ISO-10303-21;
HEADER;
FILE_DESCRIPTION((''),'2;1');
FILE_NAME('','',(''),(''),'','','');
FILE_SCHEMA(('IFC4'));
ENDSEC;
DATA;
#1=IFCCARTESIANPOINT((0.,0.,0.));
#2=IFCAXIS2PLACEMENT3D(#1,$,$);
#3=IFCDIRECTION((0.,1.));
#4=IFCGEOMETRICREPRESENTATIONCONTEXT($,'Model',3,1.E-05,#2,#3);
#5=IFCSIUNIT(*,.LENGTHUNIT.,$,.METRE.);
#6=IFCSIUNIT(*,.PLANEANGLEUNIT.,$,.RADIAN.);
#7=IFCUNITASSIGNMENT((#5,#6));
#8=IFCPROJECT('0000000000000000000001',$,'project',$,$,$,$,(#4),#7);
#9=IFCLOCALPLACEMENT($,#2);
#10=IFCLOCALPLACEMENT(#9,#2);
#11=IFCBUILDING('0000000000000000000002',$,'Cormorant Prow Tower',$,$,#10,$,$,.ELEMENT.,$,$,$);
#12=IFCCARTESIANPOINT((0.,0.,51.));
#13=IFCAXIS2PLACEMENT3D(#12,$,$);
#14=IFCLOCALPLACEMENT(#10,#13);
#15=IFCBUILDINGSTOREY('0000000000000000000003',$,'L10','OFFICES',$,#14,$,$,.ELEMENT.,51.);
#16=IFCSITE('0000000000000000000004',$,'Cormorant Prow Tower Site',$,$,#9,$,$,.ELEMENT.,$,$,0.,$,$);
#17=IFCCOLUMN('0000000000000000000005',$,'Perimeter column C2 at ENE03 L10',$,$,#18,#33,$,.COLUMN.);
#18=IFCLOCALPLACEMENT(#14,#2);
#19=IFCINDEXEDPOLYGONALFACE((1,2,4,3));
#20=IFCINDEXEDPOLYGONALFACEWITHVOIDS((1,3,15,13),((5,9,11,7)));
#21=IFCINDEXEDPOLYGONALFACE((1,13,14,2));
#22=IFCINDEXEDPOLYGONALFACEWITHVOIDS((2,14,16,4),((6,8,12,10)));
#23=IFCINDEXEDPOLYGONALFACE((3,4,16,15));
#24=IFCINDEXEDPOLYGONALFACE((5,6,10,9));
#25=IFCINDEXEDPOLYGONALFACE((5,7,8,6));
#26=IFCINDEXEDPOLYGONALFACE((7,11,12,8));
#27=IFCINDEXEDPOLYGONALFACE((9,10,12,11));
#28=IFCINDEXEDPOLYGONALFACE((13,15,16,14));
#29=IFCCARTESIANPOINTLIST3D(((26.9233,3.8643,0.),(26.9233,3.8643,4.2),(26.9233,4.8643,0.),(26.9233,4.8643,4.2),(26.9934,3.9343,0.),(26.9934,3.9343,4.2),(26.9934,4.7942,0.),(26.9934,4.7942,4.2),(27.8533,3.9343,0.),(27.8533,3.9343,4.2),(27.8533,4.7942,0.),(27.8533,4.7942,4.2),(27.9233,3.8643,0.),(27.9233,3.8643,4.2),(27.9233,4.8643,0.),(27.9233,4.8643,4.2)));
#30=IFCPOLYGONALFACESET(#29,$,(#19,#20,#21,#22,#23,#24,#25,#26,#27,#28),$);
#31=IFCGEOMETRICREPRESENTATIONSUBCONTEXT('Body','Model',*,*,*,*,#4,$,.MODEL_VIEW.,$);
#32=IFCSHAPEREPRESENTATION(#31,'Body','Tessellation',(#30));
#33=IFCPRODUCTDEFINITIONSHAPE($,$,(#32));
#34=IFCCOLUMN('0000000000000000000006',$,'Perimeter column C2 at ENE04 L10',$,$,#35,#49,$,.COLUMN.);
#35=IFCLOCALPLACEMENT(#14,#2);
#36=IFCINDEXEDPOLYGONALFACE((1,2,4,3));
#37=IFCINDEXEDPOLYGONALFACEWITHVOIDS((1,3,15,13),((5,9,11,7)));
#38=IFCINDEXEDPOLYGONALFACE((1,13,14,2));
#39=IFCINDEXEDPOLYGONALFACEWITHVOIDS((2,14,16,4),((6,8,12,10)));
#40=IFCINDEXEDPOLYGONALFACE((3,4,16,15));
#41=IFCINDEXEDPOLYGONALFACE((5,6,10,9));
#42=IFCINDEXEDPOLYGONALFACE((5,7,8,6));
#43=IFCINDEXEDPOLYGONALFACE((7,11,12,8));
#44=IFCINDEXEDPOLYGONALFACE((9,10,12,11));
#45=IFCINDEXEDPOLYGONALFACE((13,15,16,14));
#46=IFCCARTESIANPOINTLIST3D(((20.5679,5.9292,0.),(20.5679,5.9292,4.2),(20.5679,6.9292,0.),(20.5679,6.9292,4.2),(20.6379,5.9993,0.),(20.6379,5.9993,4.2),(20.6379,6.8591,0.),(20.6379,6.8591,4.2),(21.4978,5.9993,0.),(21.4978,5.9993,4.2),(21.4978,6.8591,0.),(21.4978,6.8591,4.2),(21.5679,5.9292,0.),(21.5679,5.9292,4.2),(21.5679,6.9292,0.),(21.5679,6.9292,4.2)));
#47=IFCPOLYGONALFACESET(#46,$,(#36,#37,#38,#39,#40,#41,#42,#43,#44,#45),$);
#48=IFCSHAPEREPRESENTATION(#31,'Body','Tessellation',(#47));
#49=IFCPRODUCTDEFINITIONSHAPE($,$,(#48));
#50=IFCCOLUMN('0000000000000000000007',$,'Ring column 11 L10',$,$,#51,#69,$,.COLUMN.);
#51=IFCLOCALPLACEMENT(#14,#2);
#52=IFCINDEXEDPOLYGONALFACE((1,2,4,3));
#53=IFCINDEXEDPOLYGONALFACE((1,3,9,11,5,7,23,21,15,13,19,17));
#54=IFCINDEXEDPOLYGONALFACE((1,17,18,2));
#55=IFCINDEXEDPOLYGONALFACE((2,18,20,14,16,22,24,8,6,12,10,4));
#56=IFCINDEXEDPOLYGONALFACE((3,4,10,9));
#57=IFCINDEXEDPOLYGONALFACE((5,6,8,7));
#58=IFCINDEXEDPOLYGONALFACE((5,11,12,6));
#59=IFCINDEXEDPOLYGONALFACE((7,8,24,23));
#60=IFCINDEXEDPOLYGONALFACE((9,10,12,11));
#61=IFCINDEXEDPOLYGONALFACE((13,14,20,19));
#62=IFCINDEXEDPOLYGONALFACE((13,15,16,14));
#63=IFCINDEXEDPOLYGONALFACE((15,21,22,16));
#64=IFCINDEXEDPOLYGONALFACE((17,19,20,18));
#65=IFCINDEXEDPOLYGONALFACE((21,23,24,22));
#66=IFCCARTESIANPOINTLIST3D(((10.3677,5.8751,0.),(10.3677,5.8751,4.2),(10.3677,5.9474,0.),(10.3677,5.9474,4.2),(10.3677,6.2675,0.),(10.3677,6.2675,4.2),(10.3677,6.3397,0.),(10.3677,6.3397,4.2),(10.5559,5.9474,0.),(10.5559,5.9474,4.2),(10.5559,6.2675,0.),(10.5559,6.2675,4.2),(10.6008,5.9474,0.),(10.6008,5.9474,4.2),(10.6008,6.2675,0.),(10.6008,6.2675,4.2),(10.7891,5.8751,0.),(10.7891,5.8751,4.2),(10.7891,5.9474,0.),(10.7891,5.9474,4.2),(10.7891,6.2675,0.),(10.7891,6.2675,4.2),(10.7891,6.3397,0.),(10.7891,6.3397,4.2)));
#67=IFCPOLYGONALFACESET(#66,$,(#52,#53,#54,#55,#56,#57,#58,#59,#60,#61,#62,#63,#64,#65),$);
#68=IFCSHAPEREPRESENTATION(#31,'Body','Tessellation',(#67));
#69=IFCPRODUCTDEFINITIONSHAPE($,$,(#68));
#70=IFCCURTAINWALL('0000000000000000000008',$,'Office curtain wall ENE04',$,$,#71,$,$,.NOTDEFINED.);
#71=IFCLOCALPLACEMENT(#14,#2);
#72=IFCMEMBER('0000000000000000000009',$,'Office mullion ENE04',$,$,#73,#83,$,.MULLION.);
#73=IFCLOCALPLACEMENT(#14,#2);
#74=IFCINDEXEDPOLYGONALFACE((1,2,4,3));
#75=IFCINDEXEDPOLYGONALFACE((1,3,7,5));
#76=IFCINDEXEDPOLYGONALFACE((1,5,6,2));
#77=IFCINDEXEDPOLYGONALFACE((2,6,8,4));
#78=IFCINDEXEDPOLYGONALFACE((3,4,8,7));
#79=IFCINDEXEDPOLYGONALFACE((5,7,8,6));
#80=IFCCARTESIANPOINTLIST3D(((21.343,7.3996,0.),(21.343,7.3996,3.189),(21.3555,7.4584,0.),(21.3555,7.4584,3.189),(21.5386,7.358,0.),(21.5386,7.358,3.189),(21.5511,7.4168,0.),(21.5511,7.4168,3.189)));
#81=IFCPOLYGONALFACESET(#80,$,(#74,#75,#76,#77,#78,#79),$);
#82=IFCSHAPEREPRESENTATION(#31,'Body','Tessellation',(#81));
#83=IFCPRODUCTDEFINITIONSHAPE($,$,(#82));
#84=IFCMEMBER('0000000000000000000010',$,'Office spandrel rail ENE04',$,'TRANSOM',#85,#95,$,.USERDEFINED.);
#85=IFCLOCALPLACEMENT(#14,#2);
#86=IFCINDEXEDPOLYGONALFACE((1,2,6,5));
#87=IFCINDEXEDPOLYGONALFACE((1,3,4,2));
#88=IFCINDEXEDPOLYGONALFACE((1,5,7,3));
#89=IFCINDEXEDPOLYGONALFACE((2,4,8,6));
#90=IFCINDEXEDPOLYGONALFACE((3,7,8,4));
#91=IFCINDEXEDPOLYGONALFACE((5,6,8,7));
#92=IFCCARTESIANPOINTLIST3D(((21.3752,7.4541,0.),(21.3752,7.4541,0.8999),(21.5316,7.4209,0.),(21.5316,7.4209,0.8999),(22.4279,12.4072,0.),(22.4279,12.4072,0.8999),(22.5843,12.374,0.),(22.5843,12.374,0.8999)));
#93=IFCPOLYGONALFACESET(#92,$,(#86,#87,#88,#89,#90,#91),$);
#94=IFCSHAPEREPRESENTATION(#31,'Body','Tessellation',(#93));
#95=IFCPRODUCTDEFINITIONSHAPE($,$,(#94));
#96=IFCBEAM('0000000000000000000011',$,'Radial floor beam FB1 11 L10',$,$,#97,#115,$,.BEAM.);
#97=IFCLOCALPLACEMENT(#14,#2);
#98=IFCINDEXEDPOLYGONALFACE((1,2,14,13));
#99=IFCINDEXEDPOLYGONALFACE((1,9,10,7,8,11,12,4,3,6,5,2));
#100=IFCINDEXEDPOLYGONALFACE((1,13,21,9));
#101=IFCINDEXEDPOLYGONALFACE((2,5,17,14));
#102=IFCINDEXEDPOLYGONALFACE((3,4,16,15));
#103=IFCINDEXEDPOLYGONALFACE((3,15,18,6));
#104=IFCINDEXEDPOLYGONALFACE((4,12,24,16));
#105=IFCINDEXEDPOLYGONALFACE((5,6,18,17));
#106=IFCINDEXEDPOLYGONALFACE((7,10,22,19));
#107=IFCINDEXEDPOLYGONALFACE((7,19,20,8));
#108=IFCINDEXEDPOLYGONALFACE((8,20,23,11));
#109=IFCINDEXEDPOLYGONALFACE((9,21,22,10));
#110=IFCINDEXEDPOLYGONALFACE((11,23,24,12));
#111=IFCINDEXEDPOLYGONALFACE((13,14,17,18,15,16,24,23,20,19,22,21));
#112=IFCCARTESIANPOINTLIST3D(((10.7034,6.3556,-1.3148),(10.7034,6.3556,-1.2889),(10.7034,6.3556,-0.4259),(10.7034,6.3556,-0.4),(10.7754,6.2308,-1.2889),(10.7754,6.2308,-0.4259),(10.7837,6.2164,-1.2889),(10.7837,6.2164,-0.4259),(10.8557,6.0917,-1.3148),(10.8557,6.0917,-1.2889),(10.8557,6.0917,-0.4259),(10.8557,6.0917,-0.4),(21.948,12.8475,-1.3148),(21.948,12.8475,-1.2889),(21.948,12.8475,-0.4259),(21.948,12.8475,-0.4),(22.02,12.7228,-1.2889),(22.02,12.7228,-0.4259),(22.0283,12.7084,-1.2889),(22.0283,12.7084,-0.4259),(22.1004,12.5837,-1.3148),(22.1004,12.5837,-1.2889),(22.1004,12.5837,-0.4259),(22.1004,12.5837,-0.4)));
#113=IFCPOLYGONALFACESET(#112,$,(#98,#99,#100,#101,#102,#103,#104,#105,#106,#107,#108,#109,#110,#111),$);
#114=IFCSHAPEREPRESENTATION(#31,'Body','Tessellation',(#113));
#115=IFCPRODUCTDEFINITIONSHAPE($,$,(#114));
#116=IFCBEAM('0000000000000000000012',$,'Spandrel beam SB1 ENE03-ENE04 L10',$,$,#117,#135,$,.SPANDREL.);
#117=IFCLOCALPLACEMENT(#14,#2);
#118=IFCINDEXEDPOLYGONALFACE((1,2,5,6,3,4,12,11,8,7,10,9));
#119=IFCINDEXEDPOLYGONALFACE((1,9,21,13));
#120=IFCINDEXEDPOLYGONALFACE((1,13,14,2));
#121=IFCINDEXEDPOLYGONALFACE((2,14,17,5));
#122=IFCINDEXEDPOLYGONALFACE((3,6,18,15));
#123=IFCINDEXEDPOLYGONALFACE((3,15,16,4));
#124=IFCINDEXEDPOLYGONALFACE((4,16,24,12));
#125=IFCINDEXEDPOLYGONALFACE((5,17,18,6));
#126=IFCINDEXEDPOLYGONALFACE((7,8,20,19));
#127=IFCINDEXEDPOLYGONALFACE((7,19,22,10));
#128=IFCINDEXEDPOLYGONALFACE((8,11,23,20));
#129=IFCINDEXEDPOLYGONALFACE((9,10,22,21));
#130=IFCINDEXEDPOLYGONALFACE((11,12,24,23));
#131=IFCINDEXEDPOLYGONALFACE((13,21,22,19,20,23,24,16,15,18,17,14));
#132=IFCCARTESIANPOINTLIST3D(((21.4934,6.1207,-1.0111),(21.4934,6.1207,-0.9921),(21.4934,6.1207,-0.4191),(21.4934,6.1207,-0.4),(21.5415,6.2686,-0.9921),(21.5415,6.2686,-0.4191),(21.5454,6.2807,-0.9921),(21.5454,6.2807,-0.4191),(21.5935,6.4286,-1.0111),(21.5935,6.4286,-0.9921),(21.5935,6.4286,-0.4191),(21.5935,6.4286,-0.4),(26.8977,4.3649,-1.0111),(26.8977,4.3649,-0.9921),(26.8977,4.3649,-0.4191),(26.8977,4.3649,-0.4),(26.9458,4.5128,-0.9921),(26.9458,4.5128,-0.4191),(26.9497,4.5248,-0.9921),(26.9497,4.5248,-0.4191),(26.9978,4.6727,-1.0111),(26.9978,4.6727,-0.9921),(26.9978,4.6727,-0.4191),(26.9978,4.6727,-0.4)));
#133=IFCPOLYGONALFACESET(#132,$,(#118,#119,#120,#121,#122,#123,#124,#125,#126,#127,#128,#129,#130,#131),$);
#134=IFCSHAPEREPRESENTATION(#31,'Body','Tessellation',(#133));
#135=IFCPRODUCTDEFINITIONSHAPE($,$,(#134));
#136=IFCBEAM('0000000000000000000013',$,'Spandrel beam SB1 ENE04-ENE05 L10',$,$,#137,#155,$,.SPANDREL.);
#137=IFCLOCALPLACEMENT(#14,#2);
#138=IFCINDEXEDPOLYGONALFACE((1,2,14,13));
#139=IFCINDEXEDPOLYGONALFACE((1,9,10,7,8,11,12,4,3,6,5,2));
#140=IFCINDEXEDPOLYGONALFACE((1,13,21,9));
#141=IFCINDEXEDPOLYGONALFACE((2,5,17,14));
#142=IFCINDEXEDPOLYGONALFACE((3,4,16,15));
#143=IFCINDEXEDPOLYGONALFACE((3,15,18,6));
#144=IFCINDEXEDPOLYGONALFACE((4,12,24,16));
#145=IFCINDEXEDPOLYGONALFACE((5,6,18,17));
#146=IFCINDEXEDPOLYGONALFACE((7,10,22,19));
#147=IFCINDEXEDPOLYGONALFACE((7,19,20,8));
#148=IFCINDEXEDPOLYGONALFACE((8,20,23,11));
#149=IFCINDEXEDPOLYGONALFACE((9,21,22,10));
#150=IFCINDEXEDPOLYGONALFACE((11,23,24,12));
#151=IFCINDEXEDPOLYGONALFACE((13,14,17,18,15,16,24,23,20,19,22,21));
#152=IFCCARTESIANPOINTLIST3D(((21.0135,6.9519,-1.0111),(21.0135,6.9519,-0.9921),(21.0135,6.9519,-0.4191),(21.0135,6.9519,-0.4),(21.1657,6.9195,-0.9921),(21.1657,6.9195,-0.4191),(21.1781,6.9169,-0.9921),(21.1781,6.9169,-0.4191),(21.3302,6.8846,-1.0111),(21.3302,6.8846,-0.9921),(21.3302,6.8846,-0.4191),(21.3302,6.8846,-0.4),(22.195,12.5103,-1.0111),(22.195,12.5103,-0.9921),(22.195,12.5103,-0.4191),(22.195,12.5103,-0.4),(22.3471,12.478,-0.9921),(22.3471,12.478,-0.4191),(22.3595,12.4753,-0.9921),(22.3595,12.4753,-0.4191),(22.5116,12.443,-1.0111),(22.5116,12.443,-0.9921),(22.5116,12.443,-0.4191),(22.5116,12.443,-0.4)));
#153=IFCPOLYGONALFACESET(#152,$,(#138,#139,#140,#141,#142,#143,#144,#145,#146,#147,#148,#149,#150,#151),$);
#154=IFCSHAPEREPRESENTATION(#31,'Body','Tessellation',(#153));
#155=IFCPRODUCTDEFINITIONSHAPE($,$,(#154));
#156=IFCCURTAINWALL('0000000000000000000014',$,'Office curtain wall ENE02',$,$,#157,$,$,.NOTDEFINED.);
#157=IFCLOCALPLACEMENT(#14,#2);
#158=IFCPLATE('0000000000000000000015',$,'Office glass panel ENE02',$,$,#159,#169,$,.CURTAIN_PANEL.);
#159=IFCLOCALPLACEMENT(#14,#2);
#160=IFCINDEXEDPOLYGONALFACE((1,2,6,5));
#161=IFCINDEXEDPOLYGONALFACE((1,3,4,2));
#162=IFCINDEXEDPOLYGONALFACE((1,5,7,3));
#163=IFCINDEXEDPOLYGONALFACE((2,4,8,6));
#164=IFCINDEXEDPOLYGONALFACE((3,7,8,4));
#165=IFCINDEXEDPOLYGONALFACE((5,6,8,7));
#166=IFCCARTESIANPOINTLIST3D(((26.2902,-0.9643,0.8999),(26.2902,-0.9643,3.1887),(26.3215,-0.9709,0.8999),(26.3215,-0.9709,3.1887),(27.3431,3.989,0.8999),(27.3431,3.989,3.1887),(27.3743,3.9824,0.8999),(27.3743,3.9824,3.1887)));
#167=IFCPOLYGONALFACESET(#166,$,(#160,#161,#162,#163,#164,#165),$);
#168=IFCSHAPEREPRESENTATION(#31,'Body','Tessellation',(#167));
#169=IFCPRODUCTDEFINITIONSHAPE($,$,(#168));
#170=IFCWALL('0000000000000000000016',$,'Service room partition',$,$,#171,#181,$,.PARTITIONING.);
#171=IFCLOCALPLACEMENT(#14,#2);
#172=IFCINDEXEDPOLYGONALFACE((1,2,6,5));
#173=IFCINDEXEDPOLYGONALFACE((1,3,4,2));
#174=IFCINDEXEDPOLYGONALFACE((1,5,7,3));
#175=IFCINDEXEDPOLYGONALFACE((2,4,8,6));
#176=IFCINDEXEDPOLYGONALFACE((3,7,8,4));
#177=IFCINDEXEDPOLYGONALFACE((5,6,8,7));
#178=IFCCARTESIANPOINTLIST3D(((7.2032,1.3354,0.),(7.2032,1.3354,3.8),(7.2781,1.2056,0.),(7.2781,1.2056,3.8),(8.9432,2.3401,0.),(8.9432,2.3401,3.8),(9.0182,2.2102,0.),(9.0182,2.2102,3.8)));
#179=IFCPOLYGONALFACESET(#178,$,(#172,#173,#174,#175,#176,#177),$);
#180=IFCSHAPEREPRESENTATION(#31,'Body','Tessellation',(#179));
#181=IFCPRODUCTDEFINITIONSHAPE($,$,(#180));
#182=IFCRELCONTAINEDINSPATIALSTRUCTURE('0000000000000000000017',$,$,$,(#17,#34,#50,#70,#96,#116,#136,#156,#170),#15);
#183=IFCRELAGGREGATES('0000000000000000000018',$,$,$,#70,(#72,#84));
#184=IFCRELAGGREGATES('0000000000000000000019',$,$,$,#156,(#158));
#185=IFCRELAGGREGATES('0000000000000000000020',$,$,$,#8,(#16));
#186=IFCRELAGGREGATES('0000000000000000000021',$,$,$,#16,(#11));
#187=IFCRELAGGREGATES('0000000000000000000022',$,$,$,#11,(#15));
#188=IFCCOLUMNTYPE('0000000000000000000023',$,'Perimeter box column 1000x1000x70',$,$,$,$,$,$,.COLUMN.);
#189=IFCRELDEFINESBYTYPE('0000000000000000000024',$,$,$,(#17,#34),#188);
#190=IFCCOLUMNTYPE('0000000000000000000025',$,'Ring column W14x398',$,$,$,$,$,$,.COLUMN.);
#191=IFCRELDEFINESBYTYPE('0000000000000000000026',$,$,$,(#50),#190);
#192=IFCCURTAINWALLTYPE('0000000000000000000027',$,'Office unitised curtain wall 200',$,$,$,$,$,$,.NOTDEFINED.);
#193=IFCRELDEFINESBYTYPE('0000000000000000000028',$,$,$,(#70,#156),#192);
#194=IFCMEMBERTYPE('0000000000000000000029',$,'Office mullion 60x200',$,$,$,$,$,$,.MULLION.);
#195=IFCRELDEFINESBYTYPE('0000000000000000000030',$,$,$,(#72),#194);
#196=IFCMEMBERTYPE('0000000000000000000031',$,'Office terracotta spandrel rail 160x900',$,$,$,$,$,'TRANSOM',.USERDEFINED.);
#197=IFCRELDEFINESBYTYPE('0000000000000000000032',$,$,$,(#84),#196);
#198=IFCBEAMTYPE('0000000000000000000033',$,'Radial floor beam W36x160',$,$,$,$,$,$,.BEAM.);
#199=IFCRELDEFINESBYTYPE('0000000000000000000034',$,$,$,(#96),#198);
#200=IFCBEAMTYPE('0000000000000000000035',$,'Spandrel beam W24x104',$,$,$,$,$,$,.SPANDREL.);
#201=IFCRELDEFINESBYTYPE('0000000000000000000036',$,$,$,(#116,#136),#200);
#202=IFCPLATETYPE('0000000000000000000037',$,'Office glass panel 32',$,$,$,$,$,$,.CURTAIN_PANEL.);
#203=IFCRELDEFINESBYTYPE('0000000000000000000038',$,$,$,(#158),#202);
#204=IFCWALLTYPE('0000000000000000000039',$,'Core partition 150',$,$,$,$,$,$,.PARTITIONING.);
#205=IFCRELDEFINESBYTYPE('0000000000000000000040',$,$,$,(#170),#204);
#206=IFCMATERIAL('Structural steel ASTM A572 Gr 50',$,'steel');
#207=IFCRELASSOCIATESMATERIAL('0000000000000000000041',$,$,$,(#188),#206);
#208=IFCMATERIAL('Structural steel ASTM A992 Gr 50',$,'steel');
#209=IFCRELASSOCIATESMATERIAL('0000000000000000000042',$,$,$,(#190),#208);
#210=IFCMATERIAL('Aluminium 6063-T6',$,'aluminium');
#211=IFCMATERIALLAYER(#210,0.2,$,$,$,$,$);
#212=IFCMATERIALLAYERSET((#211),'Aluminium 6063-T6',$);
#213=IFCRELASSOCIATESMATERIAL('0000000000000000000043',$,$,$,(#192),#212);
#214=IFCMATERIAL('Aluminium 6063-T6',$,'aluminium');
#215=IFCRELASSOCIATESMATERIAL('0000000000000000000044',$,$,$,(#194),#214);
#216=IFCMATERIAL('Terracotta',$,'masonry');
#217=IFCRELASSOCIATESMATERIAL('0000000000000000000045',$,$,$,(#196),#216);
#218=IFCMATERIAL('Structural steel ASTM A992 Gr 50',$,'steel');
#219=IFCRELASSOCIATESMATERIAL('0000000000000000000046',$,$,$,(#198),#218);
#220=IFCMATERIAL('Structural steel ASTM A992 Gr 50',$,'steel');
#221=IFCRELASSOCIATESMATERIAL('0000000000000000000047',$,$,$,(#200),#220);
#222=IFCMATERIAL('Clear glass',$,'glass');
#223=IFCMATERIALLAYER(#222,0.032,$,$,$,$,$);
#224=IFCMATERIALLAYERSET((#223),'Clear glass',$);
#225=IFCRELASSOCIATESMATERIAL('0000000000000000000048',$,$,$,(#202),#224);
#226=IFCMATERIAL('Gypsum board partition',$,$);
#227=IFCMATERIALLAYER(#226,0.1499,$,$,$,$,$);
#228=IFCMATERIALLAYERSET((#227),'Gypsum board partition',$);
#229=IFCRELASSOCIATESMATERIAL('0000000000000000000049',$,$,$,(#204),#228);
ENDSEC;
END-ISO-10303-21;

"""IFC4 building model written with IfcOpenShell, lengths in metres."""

from ifc_helpers import new_model, si_unit, direction, frame, frame_2d, origin, origin_2d, place, context, subcontext, project, spatial, rectangle, hollow_rectangle, i_section, extrude, material, layer, layer_set, material_profile, profile_set, type_object, element, aggregate, save


model = new_model("IFC4")

# Units and contexts
model_context = context("Model", 3, precision=1e-05, world=origin(), true_north=direction((0.0, 1.0)))
body_context = subcontext(model_context, "Body", "Model", "MODEL_VIEW")
ifc_project = project(units=[si_unit("LENGTHUNIT", "METRE"), si_unit("PLANEANGLEUNIT", "RADIAN")], contexts=[model_context])

# Site, building, storey
site_placement = place(None, origin())
site = spatial("IfcSite", under=ifc_project, at=site_placement, Name="Cormorant Prow Tower Site", CompositionType="ELEMENT", RefElevation=0.0)
building_placement = place(site_placement, origin())
building = spatial("IfcBuilding", under=site, at=building_placement, Name="Cormorant Prow Tower", CompositionType="ELEMENT")
storey_placement = place(building_placement, frame((0.0, 0.0, 51.0)))
storey = spatial("IfcBuildingStorey", under=building, at=storey_placement, Name="L10", Description="OFFICES", CompositionType="ELEMENT", Elevation=51.0)

# Columns
ifc_material_1 = material(Name="Structural steel ASTM A572 Gr 50", Category="steel")
ifc_material_profile_1 = material_profile(ifc_material_1, hollow_rectangle(XDim=1.0, YDim=1.0, WallThickness=0.0701, at=origin_2d()), Name="Box 1000x1000x70")
ifc_profile_set_1 = profile_set([ifc_material_profile_1], Name="Structural steel ASTM A572 Gr 50")
column_type_1 = type_object("IfcColumnType", Name="Perimeter box column 1000x1000x70", PredefinedType="COLUMN", material=ifc_profile_set_1)
for number, where, z_axis, x_axis, name in (
    (1, (27.4233, 4.3643, 0.0), (0.0, 0.0, 1.0), (1.0, 0.0, 0.0), "Perimeter column C2 at ENE03 L10"),
    (2, (21.0679, 6.4292, 0.0), (0.0, 0.0, 1.0), (1.0, 0.0, 0.0), "Perimeter column C2 at ENE04 L10"),
):
    element("IfcColumn", number, at=place(storey_placement, frame(where, z_axis=z_axis, x_axis=x_axis)), inside=storey, type_object=column_type_1, Name=name, PredefinedType="COLUMN", context=body_context, shape_type="SweptSolid", body=[
        extrude(hollow_rectangle(XDim=1.0, YDim=1.0, WallThickness=0.0701, at=origin_2d()), origin(), (0.0, 0.0, 1.0), 4.2),
    ])
ifc_material_2 = material(Name="Structural steel ASTM A992 Gr 50", Category="steel")
ifc_material_profile_2 = material_profile(ifc_material_2, i_section(OverallWidth=0.4214, OverallDepth=0.4646, WebThickness=0.0449, FlangeThickness=0.0723, at=origin_2d()), Name="W14x398")
ifc_profile_set_2 = profile_set([ifc_material_profile_2], Name="Structural steel ASTM A992 Gr 50")
column_type_2 = type_object("IfcColumnType", Name="Ring column W14x398", PredefinedType="COLUMN", material=ifc_profile_set_2)
column_placement = place(storey_placement, frame((10.5784, 6.1074, 0.0), z_axis=(0.0, 0.0, 1.0), x_axis=(1.0, 0.0, 0.0)))
element("IfcColumn", 3, at=column_placement, inside=storey, type_object=column_type_2, Name="Ring column 11 L10", PredefinedType="COLUMN", context=body_context, shape_type="SweptSolid", body=[
    extrude(i_section(OverallWidth=0.4214, OverallDepth=0.4646, WebThickness=0.0449, FlangeThickness=0.0723, at=origin_2d()), origin(), (0.0, 0.0, 1.0), 4.2),
])

# Curtain wall, members
ifc_material_3 = material(Name="Aluminium 6063-T6", Category="aluminium")
ifc_layer_1 = layer(ifc_material_3, 0.2)
ifc_layer_set_1 = layer_set([ifc_layer_1], Name="Aluminium 6063-T6")
curtain_wall_type = type_object("IfcCurtainWallType", Name="Office unitised curtain wall 200", PredefinedType="NOTDEFINED", material=ifc_layer_set_1)
curtain_wall_1_placement = place(storey_placement, origin())
curtain_wall_1 = element("IfcCurtainWall", 4, at=curtain_wall_1_placement, inside=storey, type_object=curtain_wall_type, Name="Office curtain wall ENE04", PredefinedType="NOTDEFINED")
ifc_material_4 = material(Name="Aluminium 6063-T6", Category="aluminium")
ifc_material_profile_3 = material_profile(ifc_material_4, rectangle(XDim=0.2, YDim=0.0601, at=origin_2d()), Name="Office mullion 60x200")
ifc_profile_set_3 = profile_set([ifc_material_profile_3], Name="Aluminium 6063-T6")
member_type_1 = type_object("IfcMemberType", Name="Office mullion 60x200", PredefinedType="MULLION", material=ifc_profile_set_3)
member_1_placement = place(storey_placement, frame((21.447, 7.4082, 0.0), z_axis=(0.0, 0.0, 1.0), x_axis=(-0.978148, 0.207912, 0.0)))
member_1 = element("IfcMember", 5, at=member_1_placement, type_object=member_type_1, Name="Office mullion ENE04", PredefinedType="MULLION", context=body_context, shape_type="SweptSolid", body=[
    extrude(rectangle(XDim=0.2, YDim=0.0601, at=origin_2d()), origin(), (0.0, 0.0, 1.0), 3.189),
])
ifc_material_5 = material(Name="Terracotta", Category="masonry")
ifc_material_profile_4 = material_profile(ifc_material_5, rectangle(XDim=0.1599, YDim=0.8999, at=origin_2d()), Name="Office terracotta spandrel rail 160x900")
ifc_profile_set_4 = profile_set([ifc_material_profile_4], Name="Terracotta")
member_type_2 = type_object("IfcMemberType", Name="Office terracotta spandrel rail 160x900", ElementType="TRANSOM", PredefinedType="USERDEFINED", material=ifc_profile_set_4)
member_2_placement = place(storey_placement, frame((21.4534, 7.4375, 0.45), z_axis=(0.207896, 0.978151, 0.0), x_axis=(-0.978151, 0.207896, 0.0)))
member_2 = element("IfcMember", 6, at=member_2_placement, type_object=member_type_2, Name="Office spandrel rail ENE04", ObjectType="TRANSOM", PredefinedType="USERDEFINED", context=body_context, shape_type="SweptSolid", body=[
    extrude(rectangle(XDim=0.1599, YDim=0.8999, at=origin_2d()), origin(), (0.0, 0.0, 1.0), 5.0637),
])
aggregate(curtain_wall_1, [member_1, member_2])

# Beams
ifc_material_6 = material(Name="Structural steel ASTM A992 Gr 50", Category="steel")
ifc_material_profile_5 = material_profile(ifc_material_6, i_section(OverallWidth=0.3047, OverallDepth=0.9148, WebThickness=0.0166, FlangeThickness=0.0259, at=origin_2d()), Name="W36x160")
ifc_profile_set_5 = profile_set([ifc_material_profile_5], Name="Structural steel ASTM A992 Gr 50")
beam_type_1 = type_object("IfcBeamType", Name="Radial floor beam W36x160", PredefinedType="BEAM", material=ifc_profile_set_5)
beam_1_placement = place(storey_placement, frame((10.7795, 6.2236, -0.8574), z_axis=(0.86603, 0.499992, 0.0), x_axis=(-0.499992, 0.86603, 0.0)))
element("IfcBeam", 7, at=beam_1_placement, inside=storey, type_object=beam_type_1, Name="Radial floor beam FB1 11 L10", PredefinedType="BEAM", context=body_context, shape_type="SweptSolid", body=[
    extrude(i_section(OverallWidth=0.3047, OverallDepth=0.9148, WebThickness=0.0166, FlangeThickness=0.0259, at=origin_2d()), origin(), (0.0, 0.0, 1.0), 12.9841),
])
ifc_material_7 = material(Name="Structural steel ASTM A992 Gr 50", Category="steel")
ifc_material_profile_6 = material_profile(ifc_material_7, i_section(OverallWidth=0.3237, OverallDepth=0.6111, WebThickness=0.0127, FlangeThickness=0.019, at=origin_2d()), Name="W24x104")
ifc_profile_set_6 = profile_set([ifc_material_profile_6], Name="Structural steel ASTM A992 Gr 50")
beam_type_2 = type_object("IfcBeamType", Name="Spandrel beam W24x104", PredefinedType="SPANDREL", material=ifc_profile_set_6)
beam_2_placement = place(storey_placement, frame((26.9478, 4.5188, -0.7056), z_axis=(-0.951062, 0.309001, 0.0), x_axis=(-0.309001, -0.951062, 0.0)))
element("IfcBeam", 8, at=beam_2_placement, inside=storey, type_object=beam_type_2, Name="Spandrel beam SB1 ENE03-ENE04 L10", PredefinedType="SPANDREL", context=body_context, shape_type="SweptSolid", body=[
    extrude(i_section(OverallWidth=0.3237, OverallDepth=0.6111, WebThickness=0.0127, FlangeThickness=0.019, at=origin_2d()), origin(), (0.0, 0.0, 1.0), 5.6824),
])
beam_3_placement = place(storey_placement, frame((21.1719, 6.9182, -0.7056), z_axis=(0.2079, 0.97815, 0.0), x_axis=(-0.97815, 0.2079, 0.0)))
element("IfcBeam", 9, at=beam_3_placement, inside=storey, type_object=beam_type_2, Name="Spandrel beam SB1 ENE04-ENE05 L10", PredefinedType="SPANDREL", context=body_context, shape_type="SweptSolid", body=[
    extrude(i_section(OverallWidth=0.3237, OverallDepth=0.6111, WebThickness=0.0127, FlangeThickness=0.019, at=origin_2d()), origin(), (0.0, 0.0, 1.0), 5.6826),
])

# Curtain wall, plate
curtain_wall_2_placement = place(storey_placement, origin())
curtain_wall_2 = element("IfcCurtainWall", 10, at=curtain_wall_2_placement, inside=storey, type_object=curtain_wall_type, Name="Office curtain wall ENE02", PredefinedType="NOTDEFINED")
ifc_material_8 = material(Name="Clear glass", Category="glass")
ifc_layer_2 = layer(ifc_material_8, 0.032)
ifc_layer_set_2 = layer_set([ifc_layer_2], Name="Clear glass")
plate_type = type_object("IfcPlateType", Name="Office glass panel 32", PredefinedType="CURTAIN_PANEL", material=ifc_layer_set_2)
plate_placement = place(storey_placement, frame((26.8323, 1.509, 0.8999), z_axis=(0.0, 0.0, 1.0), x_axis=(0.207912, 0.978148, 0.0)))
plate = element("IfcPlate", 11, at=plate_placement, type_object=plate_type, Name="Office glass panel ENE02", PredefinedType="CURTAIN_PANEL", context=body_context, shape_type="SweptSolid", body=[
    extrude(rectangle(XDim=5.064, YDim=0.032, at=origin_2d()), origin(), (0.0, 0.0, 1.0), 2.2888),
])
aggregate(curtain_wall_2, [plate])

# Wall
ifc_material_9 = material(Name="Gypsum board partition")
ifc_layer_3 = layer(ifc_material_9, 0.1499)
ifc_layer_set_3 = layer_set([ifc_layer_3], Name="Gypsum board partition")
wall_type_1 = type_object("IfcWallType", Name="Core partition 150", PredefinedType="PARTITIONING", material=ifc_layer_set_3)
wall_1_placement = place(storey_placement, frame((8.9807, 2.2751, 0.0), z_axis=(0.0, 0.0, 1.0), x_axis=(-0.866014, -0.50002, 0.0)))
element("IfcWall", 12, at=wall_1_placement, inside=storey, type_object=wall_type_1, Name="Service room partition", PredefinedType="PARTITIONING", context=body_context, shape_type="SweptSolid", body=[
    extrude(rectangle(XDim=2.0093, YDim=0.1499, at=frame_2d((1.0046, 0.0))), origin(), (0.0, 0.0, 1.0), 3.8),
])

save(model, "model.ifc")
